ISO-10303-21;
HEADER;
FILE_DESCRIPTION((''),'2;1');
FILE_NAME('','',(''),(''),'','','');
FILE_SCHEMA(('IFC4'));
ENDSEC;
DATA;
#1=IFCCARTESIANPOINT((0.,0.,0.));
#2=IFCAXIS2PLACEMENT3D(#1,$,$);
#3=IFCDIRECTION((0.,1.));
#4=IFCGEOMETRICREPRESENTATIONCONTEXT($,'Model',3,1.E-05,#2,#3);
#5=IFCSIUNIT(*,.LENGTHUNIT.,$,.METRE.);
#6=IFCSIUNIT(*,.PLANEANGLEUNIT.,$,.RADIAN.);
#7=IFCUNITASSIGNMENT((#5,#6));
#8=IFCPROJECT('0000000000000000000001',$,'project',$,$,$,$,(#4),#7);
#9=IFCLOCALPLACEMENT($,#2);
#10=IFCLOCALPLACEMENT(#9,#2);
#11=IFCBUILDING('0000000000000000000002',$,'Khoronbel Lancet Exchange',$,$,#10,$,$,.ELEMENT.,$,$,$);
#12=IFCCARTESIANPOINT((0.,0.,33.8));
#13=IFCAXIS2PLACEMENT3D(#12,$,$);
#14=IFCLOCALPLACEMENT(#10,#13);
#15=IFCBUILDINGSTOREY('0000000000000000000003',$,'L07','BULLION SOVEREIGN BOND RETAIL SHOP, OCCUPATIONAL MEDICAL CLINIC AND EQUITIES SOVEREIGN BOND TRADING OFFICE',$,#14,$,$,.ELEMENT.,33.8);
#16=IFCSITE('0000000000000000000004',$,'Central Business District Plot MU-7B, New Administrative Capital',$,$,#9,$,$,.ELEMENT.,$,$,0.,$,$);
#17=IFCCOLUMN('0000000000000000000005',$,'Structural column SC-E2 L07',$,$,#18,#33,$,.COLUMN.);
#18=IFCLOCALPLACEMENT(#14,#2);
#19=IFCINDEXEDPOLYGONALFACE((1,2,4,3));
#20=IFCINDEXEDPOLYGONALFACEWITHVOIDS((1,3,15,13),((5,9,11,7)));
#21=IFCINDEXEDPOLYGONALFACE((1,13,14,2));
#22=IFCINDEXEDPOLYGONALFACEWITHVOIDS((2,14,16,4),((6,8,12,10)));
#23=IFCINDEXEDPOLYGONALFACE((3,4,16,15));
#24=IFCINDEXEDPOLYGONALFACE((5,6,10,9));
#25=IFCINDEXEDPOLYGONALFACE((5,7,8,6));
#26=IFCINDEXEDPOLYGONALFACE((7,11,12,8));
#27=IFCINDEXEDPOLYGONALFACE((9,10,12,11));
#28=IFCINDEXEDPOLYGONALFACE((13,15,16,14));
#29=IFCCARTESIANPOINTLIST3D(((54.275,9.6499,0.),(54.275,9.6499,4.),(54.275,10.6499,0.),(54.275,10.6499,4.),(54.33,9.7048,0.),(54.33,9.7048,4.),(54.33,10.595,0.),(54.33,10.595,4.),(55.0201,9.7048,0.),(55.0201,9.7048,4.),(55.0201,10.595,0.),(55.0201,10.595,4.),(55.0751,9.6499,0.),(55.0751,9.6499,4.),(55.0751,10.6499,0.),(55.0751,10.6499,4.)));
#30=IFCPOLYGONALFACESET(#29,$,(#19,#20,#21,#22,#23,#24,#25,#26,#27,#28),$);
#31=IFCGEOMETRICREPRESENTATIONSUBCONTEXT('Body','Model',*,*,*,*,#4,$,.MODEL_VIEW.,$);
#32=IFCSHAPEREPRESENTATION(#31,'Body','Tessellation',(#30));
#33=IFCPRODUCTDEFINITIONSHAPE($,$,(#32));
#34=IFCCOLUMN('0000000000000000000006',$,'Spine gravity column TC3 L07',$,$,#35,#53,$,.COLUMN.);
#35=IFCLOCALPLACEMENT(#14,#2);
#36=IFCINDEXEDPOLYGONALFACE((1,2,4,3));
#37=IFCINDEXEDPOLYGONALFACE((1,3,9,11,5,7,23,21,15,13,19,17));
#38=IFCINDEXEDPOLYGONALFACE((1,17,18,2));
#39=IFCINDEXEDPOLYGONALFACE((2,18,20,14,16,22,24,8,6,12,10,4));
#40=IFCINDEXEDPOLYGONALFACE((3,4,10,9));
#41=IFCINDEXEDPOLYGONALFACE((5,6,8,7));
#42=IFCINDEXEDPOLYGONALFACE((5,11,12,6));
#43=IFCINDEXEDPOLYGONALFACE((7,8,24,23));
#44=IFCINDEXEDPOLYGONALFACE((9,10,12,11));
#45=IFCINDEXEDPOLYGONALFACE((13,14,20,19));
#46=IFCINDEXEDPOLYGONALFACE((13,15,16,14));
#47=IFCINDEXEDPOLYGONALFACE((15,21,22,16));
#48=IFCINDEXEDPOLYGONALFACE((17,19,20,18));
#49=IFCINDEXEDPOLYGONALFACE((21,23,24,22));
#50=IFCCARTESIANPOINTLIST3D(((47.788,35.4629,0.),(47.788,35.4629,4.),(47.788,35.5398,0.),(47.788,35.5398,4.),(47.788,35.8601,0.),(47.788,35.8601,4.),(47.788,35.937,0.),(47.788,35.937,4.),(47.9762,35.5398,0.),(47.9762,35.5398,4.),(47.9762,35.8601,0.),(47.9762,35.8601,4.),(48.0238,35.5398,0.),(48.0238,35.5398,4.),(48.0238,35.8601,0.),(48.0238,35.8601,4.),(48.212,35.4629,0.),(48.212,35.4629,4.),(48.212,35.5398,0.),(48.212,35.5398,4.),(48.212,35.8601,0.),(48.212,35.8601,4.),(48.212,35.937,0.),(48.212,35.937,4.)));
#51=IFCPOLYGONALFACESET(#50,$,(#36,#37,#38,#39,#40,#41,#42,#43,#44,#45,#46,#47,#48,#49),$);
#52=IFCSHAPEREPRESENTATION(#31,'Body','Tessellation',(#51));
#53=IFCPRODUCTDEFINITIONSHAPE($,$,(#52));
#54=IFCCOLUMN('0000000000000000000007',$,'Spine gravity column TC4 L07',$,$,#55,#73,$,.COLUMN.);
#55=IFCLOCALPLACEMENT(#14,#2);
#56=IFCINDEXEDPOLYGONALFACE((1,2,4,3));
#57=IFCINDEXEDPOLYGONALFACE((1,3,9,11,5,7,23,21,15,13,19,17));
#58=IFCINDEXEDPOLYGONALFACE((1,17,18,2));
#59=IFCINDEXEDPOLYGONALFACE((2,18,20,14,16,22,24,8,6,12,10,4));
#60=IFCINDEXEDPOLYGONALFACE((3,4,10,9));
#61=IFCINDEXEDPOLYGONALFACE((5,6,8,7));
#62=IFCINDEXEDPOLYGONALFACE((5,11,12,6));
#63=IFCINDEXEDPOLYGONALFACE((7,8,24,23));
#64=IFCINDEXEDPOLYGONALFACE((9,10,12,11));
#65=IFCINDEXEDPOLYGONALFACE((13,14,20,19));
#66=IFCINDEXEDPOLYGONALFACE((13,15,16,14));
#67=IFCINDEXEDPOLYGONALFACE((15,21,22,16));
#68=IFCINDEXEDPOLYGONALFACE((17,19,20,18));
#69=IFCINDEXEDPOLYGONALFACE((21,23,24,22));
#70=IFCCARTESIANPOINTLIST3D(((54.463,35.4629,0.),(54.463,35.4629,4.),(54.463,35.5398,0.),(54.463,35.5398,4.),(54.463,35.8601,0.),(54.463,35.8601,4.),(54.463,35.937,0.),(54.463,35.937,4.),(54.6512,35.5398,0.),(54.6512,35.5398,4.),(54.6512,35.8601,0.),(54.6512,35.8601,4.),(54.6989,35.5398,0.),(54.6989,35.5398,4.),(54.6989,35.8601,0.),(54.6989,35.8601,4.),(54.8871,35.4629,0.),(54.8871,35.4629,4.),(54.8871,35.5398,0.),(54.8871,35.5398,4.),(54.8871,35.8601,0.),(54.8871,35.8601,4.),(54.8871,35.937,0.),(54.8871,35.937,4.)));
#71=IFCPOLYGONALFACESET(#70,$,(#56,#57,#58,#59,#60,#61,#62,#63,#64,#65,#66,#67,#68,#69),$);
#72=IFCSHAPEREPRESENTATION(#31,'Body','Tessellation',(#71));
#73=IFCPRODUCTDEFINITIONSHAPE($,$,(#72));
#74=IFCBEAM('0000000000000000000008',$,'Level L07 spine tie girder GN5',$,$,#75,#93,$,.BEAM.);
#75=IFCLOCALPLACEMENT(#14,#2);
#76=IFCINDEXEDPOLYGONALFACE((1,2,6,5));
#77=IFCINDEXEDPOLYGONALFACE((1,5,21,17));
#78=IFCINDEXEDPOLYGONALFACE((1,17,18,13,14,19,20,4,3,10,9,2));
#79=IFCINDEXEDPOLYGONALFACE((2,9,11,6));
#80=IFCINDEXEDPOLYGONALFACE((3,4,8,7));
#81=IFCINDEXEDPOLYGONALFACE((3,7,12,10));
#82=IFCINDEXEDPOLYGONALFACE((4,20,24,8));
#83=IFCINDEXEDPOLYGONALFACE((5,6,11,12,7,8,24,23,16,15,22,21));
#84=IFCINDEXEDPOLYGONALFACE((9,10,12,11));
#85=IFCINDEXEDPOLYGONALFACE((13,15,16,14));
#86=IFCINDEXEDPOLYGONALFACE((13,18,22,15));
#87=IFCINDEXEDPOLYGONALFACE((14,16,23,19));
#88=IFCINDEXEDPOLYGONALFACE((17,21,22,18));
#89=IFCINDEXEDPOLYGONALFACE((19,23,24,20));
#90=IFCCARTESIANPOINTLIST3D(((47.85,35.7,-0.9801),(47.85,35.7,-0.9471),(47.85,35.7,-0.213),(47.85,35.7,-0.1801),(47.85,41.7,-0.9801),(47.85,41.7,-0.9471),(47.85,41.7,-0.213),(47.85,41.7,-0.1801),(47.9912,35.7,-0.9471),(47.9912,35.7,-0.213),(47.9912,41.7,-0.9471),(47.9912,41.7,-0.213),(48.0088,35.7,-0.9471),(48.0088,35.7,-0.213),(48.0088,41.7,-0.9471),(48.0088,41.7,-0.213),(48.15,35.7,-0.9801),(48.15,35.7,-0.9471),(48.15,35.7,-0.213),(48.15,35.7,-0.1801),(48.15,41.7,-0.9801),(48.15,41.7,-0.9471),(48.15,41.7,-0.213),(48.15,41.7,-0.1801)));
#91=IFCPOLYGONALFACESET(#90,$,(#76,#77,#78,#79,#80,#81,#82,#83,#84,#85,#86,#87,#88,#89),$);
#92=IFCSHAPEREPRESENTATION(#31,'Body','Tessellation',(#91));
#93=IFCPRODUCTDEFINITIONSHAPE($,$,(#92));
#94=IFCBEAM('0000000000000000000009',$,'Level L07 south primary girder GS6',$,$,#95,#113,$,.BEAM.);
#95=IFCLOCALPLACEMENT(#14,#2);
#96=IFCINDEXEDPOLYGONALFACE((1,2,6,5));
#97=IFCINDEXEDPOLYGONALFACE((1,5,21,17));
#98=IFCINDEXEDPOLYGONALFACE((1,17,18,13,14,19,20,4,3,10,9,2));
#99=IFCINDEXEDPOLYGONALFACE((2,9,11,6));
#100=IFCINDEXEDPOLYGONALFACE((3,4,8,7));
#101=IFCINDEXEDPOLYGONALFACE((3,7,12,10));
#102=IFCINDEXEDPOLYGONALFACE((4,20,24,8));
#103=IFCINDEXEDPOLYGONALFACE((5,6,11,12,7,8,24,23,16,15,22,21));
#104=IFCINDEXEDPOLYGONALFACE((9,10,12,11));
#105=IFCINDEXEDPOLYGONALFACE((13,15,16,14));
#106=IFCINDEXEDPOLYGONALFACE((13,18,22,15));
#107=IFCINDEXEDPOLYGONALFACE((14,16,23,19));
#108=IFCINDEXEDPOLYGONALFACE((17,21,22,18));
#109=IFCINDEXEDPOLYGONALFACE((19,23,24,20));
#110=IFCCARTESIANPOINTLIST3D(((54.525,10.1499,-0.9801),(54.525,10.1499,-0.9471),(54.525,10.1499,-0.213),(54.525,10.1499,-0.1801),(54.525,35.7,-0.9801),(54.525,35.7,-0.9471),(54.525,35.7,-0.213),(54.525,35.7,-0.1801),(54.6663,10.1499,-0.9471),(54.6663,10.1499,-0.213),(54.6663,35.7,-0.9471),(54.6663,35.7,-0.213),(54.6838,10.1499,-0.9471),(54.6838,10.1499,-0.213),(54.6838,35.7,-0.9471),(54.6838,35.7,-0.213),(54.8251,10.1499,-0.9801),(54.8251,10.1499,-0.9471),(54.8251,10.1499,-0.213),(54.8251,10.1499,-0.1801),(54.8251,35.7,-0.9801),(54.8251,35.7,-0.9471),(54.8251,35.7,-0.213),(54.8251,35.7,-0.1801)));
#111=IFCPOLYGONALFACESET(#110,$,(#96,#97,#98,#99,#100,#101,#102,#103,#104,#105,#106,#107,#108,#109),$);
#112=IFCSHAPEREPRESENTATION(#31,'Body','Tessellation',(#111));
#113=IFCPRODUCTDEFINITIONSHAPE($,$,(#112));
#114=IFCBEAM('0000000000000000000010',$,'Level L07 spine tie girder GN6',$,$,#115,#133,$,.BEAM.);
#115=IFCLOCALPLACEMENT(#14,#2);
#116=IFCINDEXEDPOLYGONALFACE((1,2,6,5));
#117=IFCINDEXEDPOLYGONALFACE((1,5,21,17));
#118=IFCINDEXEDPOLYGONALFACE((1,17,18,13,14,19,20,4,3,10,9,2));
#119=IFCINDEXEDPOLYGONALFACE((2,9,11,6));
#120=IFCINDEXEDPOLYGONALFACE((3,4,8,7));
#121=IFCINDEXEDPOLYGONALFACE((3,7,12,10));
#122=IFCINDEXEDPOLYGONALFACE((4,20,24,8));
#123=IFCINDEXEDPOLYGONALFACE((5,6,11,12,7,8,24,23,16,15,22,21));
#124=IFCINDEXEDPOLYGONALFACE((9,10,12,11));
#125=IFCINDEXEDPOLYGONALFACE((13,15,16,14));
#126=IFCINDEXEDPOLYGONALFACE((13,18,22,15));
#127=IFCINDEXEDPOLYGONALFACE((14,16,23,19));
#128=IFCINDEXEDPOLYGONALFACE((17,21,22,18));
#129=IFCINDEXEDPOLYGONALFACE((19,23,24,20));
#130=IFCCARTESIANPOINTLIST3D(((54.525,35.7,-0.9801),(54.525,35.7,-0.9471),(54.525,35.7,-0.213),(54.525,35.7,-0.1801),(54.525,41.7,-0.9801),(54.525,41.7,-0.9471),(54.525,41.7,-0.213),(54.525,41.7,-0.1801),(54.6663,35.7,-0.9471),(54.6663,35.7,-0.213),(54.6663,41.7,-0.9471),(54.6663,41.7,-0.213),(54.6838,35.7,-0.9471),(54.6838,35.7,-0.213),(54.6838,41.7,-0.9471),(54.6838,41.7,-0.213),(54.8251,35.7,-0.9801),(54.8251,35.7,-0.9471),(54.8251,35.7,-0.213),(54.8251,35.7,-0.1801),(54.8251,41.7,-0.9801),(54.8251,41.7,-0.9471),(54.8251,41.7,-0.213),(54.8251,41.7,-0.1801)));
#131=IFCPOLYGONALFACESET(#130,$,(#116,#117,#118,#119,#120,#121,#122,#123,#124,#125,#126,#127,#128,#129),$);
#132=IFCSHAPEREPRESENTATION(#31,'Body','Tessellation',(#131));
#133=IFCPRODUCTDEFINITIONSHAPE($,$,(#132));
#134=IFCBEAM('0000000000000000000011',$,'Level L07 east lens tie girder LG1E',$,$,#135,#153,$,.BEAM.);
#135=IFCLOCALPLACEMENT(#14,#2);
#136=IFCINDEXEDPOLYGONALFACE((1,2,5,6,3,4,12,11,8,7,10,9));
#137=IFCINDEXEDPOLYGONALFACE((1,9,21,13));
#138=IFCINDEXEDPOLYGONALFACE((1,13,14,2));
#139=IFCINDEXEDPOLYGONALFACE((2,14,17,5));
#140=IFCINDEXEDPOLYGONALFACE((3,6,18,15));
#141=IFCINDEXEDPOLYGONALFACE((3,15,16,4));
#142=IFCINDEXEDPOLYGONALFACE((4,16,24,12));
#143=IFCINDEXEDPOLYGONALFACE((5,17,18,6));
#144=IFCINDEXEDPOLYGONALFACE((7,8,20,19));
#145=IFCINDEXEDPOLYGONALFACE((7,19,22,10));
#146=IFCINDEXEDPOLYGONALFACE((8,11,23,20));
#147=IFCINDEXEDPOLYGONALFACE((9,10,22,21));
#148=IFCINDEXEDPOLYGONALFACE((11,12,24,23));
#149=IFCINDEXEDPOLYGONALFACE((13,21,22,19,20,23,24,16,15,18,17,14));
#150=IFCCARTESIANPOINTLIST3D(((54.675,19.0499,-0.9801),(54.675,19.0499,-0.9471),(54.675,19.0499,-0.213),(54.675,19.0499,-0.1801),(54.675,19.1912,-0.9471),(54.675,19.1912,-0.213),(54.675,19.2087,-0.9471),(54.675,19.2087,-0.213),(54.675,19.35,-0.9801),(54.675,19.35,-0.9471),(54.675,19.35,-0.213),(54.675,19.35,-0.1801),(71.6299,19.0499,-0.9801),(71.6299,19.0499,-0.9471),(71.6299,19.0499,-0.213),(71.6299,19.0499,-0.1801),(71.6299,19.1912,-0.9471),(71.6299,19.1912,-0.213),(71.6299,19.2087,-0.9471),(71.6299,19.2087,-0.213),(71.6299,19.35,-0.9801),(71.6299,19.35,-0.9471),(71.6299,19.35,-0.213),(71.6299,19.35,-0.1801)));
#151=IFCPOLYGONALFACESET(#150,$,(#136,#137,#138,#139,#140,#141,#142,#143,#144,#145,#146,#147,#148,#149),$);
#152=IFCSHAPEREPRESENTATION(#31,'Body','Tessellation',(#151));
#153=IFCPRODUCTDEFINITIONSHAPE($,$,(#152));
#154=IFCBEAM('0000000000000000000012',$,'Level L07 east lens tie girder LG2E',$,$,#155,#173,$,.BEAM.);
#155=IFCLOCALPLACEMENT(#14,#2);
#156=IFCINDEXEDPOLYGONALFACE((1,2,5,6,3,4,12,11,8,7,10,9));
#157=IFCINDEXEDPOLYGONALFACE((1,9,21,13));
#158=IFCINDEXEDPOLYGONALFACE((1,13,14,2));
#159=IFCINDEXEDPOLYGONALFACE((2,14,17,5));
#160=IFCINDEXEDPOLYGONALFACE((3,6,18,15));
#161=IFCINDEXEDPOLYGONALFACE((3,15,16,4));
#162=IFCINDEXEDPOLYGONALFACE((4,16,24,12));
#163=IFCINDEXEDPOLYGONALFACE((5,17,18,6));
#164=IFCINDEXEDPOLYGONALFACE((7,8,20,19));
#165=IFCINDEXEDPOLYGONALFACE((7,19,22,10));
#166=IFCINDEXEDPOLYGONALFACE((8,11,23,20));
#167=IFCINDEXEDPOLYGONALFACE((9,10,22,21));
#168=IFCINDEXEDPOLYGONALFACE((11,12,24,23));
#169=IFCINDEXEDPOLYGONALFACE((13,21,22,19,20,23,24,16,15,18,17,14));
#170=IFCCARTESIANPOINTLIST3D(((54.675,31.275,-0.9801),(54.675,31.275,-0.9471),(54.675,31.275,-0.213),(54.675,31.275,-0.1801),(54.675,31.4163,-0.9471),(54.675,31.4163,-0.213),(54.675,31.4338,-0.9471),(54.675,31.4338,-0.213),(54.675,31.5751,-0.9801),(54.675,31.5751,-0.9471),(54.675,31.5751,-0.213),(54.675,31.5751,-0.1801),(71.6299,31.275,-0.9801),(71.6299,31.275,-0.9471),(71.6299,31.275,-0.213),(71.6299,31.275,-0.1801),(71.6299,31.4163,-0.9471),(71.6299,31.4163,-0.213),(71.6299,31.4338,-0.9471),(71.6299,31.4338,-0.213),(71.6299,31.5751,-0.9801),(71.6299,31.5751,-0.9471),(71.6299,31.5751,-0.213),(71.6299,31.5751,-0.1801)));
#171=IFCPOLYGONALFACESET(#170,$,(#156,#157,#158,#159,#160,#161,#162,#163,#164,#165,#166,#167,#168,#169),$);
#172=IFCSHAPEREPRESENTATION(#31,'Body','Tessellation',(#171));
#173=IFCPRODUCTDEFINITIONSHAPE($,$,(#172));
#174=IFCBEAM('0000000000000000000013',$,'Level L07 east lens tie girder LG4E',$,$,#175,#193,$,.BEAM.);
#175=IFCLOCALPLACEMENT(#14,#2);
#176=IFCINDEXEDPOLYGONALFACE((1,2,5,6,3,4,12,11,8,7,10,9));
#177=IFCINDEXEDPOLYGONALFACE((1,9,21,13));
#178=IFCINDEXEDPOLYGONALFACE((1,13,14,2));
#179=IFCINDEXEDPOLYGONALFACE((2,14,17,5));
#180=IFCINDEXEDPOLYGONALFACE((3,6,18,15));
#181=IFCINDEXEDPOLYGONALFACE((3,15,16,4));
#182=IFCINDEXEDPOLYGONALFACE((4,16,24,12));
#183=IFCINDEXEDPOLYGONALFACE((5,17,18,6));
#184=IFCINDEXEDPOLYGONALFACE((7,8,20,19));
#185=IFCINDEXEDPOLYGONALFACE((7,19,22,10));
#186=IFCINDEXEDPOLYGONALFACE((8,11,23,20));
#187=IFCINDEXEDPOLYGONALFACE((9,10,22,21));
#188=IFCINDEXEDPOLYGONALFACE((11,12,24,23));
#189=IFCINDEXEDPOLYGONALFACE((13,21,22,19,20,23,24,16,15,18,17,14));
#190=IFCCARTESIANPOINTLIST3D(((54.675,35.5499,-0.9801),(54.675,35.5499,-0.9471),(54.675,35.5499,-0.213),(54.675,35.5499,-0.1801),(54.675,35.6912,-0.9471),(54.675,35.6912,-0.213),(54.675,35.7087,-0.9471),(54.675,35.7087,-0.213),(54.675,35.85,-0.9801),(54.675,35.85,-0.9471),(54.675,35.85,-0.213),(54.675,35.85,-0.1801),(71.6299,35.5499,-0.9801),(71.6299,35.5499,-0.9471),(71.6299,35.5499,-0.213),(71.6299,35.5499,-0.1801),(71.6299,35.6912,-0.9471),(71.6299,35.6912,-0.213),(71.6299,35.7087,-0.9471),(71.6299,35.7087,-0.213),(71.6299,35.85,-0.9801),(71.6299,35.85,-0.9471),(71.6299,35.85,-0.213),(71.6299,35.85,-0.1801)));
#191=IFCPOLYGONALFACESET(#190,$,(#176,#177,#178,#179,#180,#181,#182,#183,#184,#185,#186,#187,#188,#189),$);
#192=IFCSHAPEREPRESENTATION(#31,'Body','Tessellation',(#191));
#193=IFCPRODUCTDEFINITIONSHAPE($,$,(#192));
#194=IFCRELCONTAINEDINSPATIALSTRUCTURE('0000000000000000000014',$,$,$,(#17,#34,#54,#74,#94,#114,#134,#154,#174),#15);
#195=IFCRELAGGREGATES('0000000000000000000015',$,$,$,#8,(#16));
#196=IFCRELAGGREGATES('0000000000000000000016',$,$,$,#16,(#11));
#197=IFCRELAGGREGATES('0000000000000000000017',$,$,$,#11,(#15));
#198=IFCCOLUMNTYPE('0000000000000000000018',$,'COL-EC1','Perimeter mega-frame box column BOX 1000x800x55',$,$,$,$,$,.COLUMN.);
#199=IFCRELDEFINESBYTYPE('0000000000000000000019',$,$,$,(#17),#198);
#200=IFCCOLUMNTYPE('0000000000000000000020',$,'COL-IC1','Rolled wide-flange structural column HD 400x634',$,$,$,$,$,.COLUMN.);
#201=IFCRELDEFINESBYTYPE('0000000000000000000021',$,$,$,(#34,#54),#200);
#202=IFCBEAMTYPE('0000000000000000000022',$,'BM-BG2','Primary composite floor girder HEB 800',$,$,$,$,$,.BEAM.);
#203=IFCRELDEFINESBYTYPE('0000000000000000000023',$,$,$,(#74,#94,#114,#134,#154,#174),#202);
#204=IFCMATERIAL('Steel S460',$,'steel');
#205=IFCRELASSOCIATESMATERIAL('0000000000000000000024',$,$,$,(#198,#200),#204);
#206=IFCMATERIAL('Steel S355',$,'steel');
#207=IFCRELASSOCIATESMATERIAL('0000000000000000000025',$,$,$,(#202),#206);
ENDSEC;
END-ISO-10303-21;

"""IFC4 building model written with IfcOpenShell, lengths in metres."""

from ifc_helpers import new_model, si_unit, direction, frame, origin, origin_2d, place, context, subcontext, project, spatial, hollow_rectangle, i_section, extrude, material, material_profile, profile_set, type_object, element, save


model = new_model("IFC4")

# Units and contexts
model_context = context("Model", 3, precision=1e-05, world=origin(), true_north=direction((0.0, 1.0)))
body_context = subcontext(model_context, "Body", "Model", "MODEL_VIEW")
ifc_project = project(units=[si_unit("LENGTHUNIT", "METRE"), si_unit("PLANEANGLEUNIT", "RADIAN")], contexts=[model_context])

# Site, building, storey
site_placement = place(None, origin())
site = spatial("IfcSite", under=ifc_project, at=site_placement, Name="Central Business District Plot MU-7B, New Administrative Capital", CompositionType="ELEMENT", RefElevation=0.0)
building_placement = place(site_placement, origin())
building = spatial("IfcBuilding", under=site, at=building_placement, Name="Khoronbel Lancet Exchange", CompositionType="ELEMENT")
storey_placement = place(building_placement, frame((0.0, 0.0, 33.8)))
storey = spatial("IfcBuildingStorey", under=building, at=storey_placement, Name="L07", Description="BULLION SOVEREIGN BOND RETAIL SHOP, OCCUPATIONAL MEDICAL CLINIC AND EQUITIES SOVEREIGN BOND TRADING OFFICE", CompositionType="ELEMENT", Elevation=33.8)

# Columns
ifc_material_1 = material(Name="Steel S460", Category="steel")
ifc_material_profile_1 = material_profile(ifc_material_1, hollow_rectangle(XDim=0.8, YDim=1.0, WallThickness=0.0549, at=origin_2d()), Name="BOX 1000x800x55")
ifc_profile_set_1 = profile_set([ifc_material_profile_1], Name="Steel S460")
column_type_1 = type_object("IfcColumnType", Name="COL-EC1", Description="Perimeter mega-frame box column BOX 1000x800x55", PredefinedType="COLUMN", material=ifc_profile_set_1)
column_placement = place(storey_placement, frame((54.675, 10.1499, 0.0), z_axis=(0.0, 0.0, 1.0), x_axis=(1.0, 0.0, 0.0)))
element("IfcColumn", 1, at=column_placement, inside=storey, type_object=column_type_1, Name="Structural column SC-E2 L07", PredefinedType="COLUMN", context=body_context, shape_type="SweptSolid", body=[
    extrude(hollow_rectangle(XDim=0.8, YDim=1.0, WallThickness=0.0549, at=origin_2d()), origin(), (0.0, 0.0, 1.0), 4.0),
])
ifc_material_profile_2 = material_profile(ifc_material_1, i_section(OverallWidth=0.4241, OverallDepth=0.4741, WebThickness=0.0476, FlangeThickness=0.0769, at=origin_2d()), Name="HD 400x634")
ifc_profile_set_2 = profile_set([ifc_material_profile_2], Name="Steel S460")
column_type_2 = type_object("IfcColumnType", Name="COL-IC1", Description="Rolled wide-flange structural column HD 400x634", PredefinedType="COLUMN", material=ifc_profile_set_2)
for number, where, z_axis, x_axis, name in (
    (2, (48.0, 35.7, 0.0), (0.0, 0.0, 1.0), (1.0, 0.0, 0.0), "Spine gravity column TC3 L07"),
    (3, (54.675, 35.7, 0.0), (0.0, 0.0, 1.0), (1.0, 0.0, 0.0), "Spine gravity column TC4 L07"),
):
    element("IfcColumn", number, at=place(storey_placement, frame(where, z_axis=z_axis, x_axis=x_axis)), inside=storey, type_object=column_type_2, Name=name, PredefinedType="COLUMN", context=body_context, shape_type="SweptSolid", body=[
        extrude(i_section(OverallWidth=0.4241, OverallDepth=0.4741, WebThickness=0.0476, FlangeThickness=0.0769, at=origin_2d()), origin(), (0.0, 0.0, 1.0), 4.0),
    ])

# Beams
ifc_material_2 = material(Name="Steel S355", Category="steel")
ifc_material_profile_3 = material_profile(ifc_material_2, i_section(OverallWidth=0.3, OverallDepth=0.8, WebThickness=0.0176, FlangeThickness=0.033, at=origin_2d()), Name="HEB 800")
ifc_profile_set_3 = profile_set([ifc_material_profile_3], Name="Steel S355")
beam_type_1 = type_object("IfcBeamType", Name="BM-BG2", Description="Primary composite floor girder HEB 800", PredefinedType="BEAM", material=ifc_profile_set_3)
beam_1_placement = place(storey_placement, frame((48.0, 35.7, -0.5801), z_axis=(0.0, 1.0, 0.0), x_axis=(-1.0, 0.0, 0.0)))
element("IfcBeam", 4, at=beam_1_placement, inside=storey, type_object=beam_type_1, Name="Level L07 spine tie girder GN5", PredefinedType="BEAM", context=body_context, shape_type="SweptSolid", body=[
    extrude(i_section(OverallWidth=0.3, OverallDepth=0.8, WebThickness=0.0176, FlangeThickness=0.033, at=origin_2d()), origin(), (0.0, 0.0, 1.0), 6.0),
])
beam_2_placement = place(storey_placement, frame((54.675, 10.1499, -0.5801), z_axis=(0.0, 1.0, 0.0), x_axis=(-1.0, 0.0, 0.0)))
element("IfcBeam", 5, at=beam_2_placement, inside=storey, type_object=beam_type_1, Name="Level L07 south primary girder GS6", PredefinedType="BEAM", context=body_context, shape_type="SweptSolid", body=[
    extrude(i_section(OverallWidth=0.3, OverallDepth=0.8, WebThickness=0.0176, FlangeThickness=0.033, at=origin_2d()), origin(), (0.0, 0.0, 1.0), 25.55),
])
beam_3_placement = place(storey_placement, frame((54.675, 35.7, -0.5801), z_axis=(0.0, 1.0, 0.0), x_axis=(-1.0, 0.0, 0.0)))
element("IfcBeam", 6, at=beam_3_placement, inside=storey, type_object=beam_type_1, Name="Level L07 spine tie girder GN6", PredefinedType="BEAM", context=body_context, shape_type="SweptSolid", body=[
    extrude(i_section(OverallWidth=0.3, OverallDepth=0.8, WebThickness=0.0176, FlangeThickness=0.033, at=origin_2d()), origin(), (0.0, 0.0, 1.0), 6.0),
])
for number, where, z_axis, x_axis, name in (
    (7, (54.675, 19.2, -0.5801), (1.0, 0.0, 0.0), (0.0, 1.0, 0.0), "Level L07 east lens tie girder LG1E"),
    (8, (54.675, 31.425, -0.5801), (1.0, 0.0, 0.0), (0.0, 1.0, 0.0), "Level L07 east lens tie girder LG2E"),
    (9, (54.675, 35.7, -0.5801), (1.0, 0.0, 0.0), (0.0, 1.0, 0.0), "Level L07 east lens tie girder LG4E"),
):
    element("IfcBeam", number, at=place(storey_placement, frame(where, z_axis=z_axis, x_axis=x_axis)), inside=storey, type_object=beam_type_1, Name=name, PredefinedType="BEAM", context=body_context, shape_type="SweptSolid", body=[
        extrude(i_section(OverallWidth=0.3, OverallDepth=0.8, WebThickness=0.0176, FlangeThickness=0.033, at=origin_2d()), origin(), (0.0, 0.0, 1.0), 16.9548),
    ])

save(model, "model.ifc")
